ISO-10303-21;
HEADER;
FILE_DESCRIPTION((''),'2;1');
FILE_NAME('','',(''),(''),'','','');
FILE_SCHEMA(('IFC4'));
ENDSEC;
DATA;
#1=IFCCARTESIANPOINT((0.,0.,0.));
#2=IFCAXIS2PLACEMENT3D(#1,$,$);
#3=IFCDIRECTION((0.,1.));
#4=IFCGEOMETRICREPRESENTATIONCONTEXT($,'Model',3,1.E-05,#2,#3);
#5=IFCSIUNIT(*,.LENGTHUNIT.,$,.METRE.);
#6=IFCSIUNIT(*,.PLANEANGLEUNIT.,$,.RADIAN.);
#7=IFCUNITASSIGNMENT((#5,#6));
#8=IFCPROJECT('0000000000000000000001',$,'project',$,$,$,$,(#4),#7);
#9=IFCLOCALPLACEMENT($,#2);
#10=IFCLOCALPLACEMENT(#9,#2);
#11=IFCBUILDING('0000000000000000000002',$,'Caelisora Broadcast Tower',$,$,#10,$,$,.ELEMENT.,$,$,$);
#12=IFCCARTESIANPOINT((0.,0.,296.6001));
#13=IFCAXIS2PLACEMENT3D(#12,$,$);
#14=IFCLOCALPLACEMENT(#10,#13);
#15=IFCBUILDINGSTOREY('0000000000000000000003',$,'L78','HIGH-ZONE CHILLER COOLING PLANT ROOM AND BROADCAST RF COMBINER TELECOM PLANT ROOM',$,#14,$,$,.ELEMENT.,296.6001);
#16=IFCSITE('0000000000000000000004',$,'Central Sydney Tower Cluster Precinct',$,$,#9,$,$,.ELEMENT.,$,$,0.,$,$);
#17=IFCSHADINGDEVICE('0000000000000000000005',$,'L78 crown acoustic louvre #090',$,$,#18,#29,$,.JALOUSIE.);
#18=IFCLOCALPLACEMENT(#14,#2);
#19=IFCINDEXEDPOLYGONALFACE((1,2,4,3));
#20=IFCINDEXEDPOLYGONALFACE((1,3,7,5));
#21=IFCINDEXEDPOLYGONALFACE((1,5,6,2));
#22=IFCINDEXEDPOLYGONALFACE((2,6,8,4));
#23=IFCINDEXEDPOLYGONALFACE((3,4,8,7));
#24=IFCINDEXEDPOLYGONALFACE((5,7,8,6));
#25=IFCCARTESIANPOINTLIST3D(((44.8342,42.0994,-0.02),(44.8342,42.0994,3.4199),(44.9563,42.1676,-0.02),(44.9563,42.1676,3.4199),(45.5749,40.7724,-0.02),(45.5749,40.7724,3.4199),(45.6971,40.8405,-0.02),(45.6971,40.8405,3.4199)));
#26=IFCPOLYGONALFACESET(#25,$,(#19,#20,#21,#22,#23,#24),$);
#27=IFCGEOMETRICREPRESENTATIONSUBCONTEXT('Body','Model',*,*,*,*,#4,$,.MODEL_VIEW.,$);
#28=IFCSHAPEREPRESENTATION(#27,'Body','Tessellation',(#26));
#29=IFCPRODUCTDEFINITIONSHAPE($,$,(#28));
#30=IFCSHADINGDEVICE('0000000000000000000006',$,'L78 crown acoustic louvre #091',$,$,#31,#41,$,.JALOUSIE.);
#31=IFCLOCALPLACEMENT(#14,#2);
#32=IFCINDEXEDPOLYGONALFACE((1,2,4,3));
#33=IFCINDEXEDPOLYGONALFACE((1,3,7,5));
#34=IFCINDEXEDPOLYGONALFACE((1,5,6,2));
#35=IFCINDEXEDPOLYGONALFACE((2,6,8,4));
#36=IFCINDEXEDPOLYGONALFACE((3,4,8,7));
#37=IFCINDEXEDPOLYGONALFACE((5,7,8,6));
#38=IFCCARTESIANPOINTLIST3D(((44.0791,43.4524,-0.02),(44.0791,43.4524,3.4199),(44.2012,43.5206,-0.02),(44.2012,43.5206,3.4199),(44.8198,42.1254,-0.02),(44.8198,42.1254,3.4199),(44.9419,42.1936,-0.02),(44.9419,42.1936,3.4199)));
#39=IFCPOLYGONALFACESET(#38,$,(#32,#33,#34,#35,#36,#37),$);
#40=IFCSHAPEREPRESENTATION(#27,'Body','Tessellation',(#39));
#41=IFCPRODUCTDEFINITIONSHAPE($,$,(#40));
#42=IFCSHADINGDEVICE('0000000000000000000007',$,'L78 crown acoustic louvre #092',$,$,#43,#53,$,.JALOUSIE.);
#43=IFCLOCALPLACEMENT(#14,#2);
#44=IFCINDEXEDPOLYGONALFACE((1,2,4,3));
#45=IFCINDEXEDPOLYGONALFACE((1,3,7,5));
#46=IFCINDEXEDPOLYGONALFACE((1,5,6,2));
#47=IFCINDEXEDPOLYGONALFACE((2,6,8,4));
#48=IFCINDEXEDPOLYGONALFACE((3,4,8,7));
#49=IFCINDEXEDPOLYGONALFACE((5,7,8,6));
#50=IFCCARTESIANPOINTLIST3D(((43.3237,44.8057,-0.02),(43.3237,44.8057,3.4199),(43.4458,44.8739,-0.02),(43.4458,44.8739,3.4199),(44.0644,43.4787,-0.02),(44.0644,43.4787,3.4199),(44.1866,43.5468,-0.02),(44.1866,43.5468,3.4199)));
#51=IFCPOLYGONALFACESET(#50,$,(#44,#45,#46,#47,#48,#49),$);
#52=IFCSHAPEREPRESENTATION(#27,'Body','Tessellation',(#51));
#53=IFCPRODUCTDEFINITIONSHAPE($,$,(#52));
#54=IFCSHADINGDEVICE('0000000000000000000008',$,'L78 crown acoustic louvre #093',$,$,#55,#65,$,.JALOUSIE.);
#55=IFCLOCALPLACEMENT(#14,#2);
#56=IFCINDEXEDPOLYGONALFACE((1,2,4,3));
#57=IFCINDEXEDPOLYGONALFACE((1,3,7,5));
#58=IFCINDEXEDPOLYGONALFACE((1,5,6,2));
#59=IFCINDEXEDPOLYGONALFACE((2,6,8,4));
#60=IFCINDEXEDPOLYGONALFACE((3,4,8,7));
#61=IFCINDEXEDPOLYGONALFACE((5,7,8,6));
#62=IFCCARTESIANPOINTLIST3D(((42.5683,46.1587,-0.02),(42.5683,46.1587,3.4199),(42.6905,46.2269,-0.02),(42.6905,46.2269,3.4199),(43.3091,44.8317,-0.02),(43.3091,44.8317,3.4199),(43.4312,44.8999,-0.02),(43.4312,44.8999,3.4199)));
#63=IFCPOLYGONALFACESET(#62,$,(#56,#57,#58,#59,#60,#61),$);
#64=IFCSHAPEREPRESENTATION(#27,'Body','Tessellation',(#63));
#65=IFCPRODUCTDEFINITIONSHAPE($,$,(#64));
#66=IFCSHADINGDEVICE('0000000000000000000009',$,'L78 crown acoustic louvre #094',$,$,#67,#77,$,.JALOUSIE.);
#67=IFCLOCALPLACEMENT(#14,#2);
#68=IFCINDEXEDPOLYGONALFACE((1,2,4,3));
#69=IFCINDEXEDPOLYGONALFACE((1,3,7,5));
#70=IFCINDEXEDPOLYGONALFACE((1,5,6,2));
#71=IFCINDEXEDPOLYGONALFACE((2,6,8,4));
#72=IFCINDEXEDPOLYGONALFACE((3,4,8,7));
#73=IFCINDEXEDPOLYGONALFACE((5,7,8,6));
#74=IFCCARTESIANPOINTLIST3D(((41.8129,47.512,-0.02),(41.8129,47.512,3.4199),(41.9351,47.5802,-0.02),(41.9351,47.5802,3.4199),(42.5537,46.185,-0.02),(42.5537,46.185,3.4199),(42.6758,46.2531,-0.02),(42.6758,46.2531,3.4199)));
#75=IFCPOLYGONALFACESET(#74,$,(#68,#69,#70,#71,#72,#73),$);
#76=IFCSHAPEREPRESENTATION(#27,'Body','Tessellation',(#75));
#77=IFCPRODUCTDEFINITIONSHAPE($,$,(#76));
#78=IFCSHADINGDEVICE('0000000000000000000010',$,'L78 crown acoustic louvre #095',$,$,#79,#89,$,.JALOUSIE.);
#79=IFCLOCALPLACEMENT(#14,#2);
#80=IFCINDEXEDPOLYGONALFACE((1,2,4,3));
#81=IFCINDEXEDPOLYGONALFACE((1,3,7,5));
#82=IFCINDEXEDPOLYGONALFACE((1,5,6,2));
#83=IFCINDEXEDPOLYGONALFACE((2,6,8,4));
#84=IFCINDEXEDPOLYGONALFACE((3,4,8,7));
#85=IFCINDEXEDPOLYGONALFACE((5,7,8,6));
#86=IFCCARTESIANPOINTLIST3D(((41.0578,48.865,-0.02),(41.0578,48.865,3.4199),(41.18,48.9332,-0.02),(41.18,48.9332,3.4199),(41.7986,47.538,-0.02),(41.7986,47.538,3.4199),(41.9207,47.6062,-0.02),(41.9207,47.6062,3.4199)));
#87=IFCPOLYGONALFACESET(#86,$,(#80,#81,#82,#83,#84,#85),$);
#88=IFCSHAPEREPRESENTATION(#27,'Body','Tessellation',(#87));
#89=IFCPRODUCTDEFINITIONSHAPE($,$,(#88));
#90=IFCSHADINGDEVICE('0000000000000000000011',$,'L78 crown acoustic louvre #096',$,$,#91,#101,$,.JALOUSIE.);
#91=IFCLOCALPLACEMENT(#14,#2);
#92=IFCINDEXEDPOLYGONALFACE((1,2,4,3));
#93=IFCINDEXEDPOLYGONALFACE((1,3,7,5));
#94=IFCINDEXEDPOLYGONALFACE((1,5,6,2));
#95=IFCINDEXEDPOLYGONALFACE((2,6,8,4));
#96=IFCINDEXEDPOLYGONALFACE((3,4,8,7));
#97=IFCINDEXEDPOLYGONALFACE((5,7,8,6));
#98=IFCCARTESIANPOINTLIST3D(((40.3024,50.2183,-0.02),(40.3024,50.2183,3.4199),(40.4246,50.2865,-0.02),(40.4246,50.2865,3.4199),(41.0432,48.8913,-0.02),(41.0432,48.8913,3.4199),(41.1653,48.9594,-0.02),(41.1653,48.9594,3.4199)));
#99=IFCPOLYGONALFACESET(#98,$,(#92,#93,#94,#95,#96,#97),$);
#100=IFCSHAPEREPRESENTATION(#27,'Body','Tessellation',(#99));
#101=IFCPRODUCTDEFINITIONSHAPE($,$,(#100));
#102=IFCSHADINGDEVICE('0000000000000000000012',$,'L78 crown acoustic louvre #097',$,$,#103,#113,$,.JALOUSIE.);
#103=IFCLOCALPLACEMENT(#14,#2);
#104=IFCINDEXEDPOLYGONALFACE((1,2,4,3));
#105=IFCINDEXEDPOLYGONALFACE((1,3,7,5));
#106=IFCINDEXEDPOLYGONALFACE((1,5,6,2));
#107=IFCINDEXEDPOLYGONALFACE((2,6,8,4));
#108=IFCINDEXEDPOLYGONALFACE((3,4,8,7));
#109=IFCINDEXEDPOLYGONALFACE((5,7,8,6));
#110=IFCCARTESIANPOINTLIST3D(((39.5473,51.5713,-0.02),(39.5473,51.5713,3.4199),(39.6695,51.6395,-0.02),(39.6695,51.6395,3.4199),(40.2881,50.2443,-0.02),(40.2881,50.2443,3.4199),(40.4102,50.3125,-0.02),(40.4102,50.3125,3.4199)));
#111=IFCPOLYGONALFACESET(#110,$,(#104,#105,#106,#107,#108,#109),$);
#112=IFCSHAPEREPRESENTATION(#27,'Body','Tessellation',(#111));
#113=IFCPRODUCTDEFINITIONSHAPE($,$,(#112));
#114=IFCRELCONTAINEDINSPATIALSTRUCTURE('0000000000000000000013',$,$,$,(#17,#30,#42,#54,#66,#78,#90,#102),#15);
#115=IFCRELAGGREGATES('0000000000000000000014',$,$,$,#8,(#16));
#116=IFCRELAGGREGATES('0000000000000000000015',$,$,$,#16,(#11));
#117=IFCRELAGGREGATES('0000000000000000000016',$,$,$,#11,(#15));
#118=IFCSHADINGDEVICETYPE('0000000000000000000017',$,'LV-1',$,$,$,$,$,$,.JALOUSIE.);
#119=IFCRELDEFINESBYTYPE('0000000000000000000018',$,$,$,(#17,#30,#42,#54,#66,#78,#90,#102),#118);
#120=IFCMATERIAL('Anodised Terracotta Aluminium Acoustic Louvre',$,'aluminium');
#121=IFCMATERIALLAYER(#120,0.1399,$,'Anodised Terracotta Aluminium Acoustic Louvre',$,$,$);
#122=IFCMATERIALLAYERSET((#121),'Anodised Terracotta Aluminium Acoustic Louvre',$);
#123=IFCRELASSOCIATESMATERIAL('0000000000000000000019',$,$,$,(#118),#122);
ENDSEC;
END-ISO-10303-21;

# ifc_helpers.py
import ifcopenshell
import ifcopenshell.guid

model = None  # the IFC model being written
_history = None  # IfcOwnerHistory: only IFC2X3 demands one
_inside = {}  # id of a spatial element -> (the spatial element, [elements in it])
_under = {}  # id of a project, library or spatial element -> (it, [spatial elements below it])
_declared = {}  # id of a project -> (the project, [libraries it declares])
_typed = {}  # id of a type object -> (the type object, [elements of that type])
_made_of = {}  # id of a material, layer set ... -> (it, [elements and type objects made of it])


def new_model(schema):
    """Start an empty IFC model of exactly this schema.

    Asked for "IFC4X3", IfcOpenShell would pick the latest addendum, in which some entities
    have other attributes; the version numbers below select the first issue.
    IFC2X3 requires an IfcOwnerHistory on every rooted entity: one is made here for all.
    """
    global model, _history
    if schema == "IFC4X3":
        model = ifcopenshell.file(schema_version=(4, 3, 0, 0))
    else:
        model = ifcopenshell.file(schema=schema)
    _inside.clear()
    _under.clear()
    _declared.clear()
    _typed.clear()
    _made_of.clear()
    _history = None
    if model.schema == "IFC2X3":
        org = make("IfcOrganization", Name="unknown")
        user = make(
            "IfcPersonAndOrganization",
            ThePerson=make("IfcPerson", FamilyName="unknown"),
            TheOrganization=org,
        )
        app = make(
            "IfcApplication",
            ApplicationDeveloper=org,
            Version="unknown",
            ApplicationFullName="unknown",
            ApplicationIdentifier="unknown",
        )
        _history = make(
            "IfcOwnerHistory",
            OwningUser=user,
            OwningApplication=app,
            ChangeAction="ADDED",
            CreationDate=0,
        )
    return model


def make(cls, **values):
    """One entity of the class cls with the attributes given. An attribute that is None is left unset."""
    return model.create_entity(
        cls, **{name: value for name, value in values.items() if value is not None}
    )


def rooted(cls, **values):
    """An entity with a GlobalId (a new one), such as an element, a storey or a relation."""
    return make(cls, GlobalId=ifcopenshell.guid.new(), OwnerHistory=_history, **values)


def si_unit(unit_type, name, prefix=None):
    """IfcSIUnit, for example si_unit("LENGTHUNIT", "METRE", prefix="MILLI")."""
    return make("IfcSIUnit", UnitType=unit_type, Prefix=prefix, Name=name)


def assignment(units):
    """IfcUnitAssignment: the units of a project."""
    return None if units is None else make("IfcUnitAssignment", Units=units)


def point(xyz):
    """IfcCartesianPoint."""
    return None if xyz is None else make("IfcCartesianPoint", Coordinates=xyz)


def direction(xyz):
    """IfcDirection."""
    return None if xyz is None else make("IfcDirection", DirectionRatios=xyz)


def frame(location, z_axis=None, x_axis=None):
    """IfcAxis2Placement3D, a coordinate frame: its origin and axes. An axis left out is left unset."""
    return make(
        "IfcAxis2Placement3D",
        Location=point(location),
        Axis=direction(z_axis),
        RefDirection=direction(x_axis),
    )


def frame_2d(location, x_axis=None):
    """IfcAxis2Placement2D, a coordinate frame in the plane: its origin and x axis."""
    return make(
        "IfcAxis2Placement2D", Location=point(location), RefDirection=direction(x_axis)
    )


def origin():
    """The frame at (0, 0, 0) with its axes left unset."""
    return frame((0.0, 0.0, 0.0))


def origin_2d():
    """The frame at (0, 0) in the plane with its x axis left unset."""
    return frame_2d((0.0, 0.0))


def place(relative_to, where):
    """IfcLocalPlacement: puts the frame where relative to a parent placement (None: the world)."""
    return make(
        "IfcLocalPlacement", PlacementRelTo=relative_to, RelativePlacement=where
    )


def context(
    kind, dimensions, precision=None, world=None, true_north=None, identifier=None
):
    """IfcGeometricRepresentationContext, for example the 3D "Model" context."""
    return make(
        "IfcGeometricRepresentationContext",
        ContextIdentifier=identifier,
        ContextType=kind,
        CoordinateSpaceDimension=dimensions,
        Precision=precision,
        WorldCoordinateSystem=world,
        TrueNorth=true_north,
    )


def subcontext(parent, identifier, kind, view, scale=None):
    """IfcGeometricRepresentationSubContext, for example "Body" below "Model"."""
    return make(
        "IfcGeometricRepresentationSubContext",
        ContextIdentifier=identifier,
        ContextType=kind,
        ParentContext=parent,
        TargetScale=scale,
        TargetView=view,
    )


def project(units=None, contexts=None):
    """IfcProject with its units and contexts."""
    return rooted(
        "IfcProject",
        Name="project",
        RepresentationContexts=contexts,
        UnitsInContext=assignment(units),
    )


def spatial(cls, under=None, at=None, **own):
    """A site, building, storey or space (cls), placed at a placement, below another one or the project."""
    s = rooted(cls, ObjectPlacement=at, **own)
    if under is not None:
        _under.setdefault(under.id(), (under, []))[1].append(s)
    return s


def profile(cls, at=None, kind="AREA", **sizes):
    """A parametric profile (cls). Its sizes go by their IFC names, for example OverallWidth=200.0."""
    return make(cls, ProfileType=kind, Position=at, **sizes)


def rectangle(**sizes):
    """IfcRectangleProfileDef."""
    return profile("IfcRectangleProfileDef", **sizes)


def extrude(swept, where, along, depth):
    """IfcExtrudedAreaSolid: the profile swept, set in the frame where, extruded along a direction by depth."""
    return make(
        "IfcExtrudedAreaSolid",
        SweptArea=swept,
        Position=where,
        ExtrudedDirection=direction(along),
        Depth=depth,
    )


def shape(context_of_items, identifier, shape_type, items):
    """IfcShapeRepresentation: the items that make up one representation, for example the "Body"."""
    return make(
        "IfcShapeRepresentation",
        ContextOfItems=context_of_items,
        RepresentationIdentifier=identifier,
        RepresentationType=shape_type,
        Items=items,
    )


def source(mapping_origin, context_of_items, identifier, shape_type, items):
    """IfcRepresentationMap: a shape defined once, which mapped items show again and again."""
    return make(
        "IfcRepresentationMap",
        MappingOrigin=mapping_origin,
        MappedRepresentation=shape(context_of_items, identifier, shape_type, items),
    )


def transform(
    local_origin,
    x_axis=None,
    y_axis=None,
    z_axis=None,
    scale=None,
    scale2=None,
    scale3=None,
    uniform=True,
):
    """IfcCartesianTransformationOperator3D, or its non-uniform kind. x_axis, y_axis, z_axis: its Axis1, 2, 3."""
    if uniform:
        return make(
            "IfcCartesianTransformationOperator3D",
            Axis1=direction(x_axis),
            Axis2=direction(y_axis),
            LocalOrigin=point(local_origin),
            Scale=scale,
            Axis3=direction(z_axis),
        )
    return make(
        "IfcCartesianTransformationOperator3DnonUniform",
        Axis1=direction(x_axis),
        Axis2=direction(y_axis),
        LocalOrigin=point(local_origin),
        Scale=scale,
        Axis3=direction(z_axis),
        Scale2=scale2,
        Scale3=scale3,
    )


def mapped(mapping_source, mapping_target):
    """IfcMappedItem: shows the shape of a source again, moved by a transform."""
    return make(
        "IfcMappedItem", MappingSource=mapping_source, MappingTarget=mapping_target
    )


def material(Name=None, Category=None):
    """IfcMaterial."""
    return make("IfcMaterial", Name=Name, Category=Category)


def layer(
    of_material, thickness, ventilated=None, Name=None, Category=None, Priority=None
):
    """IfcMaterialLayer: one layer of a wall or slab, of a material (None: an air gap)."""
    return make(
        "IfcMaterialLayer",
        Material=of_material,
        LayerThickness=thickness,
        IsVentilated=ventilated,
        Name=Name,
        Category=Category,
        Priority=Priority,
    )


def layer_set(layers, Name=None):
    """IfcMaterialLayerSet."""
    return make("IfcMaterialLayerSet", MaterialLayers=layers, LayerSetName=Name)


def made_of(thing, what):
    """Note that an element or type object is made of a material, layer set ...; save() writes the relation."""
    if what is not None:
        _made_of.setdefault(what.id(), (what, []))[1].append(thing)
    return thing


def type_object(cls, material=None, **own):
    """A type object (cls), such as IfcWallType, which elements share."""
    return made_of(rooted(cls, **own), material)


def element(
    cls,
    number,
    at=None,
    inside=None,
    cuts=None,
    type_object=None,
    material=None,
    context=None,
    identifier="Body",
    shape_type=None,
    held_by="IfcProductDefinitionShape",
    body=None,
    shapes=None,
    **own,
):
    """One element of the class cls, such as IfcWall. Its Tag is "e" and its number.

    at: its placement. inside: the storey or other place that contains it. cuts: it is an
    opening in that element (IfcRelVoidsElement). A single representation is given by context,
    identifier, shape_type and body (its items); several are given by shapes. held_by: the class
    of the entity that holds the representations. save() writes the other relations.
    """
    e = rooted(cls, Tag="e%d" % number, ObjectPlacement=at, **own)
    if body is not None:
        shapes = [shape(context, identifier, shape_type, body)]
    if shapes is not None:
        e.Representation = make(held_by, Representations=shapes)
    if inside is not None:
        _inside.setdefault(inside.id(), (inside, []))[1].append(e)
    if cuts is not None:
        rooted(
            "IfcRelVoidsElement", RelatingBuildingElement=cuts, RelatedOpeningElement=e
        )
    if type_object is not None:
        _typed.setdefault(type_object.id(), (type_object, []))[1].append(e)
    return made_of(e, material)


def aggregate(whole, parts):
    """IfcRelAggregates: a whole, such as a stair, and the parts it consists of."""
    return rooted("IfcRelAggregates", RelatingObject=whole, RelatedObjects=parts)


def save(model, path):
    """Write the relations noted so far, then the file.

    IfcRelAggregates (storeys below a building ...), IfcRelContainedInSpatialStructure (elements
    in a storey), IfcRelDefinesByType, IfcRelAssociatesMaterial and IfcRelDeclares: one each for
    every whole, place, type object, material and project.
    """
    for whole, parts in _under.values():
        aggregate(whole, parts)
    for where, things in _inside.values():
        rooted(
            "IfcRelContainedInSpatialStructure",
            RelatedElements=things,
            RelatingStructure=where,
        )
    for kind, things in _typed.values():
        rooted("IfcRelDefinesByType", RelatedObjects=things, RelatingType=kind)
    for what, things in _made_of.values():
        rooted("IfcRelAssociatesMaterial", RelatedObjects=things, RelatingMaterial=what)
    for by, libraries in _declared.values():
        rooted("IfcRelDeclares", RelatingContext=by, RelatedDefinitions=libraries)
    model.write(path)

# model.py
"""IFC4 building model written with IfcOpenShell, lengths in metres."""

from ifc_helpers import new_model, si_unit, direction, frame, origin, origin_2d, place, context, subcontext, project, spatial, rectangle, extrude, source, transform, mapped, material, layer, layer_set, type_object, element, save


model = new_model("IFC4")

# Units and contexts
model_context = context("Model", 3, precision=1e-05, world=origin(), true_north=direction((0.0, 1.0)))
body_context = subcontext(model_context, "Body", "Model", "MODEL_VIEW")
ifc_project = project(units=[si_unit("LENGTHUNIT", "METRE"), si_unit("PLANEANGLEUNIT", "RADIAN")], contexts=[model_context])

# Site, building, storey
site_placement = place(None, origin())
site = spatial("IfcSite", under=ifc_project, at=site_placement, Name="Central Sydney Tower Cluster Precinct", CompositionType="ELEMENT", RefElevation=0.0)
building_placement = place(site_placement, origin())
building = spatial("IfcBuilding", under=site, at=building_placement, Name="Caelisora Broadcast Tower", CompositionType="ELEMENT")
storey_placement = place(building_placement, frame((0.0, 0.0, 296.6001)))
storey = spatial("IfcBuildingStorey", under=building, at=storey_placement, Name="L78", Description="HIGH-ZONE CHILLER COOLING PLANT ROOM AND BROADCAST RF COMBINER TELECOM PLANT ROOM", CompositionType="ELEMENT", Elevation=296.6001)

# Shading devices
ifc_material_1 = material(Name="Anodised Terracotta Aluminium Acoustic Louvre", Category="aluminium")
ifc_layer_1 = layer(ifc_material_1, 0.1399, Name="Anodised Terracotta Aluminium Acoustic Louvre")
ifc_layer_set_1 = layer_set([ifc_layer_1], Name="Anodised Terracotta Aluminium Acoustic Louvre")
shading_device_type = type_object("IfcShadingDeviceType", Name="LV-1", PredefinedType="JALOUSIE", material=ifc_layer_set_1)
shared_shape_1 = source(origin(), body_context, "Body", "SweptSolid", [
    extrude(rectangle(XDim=1.5198, YDim=0.1399, at=origin_2d()), origin(), (0.0, 0.0, 1.0), 3.4399),
])
for number, where, z_axis, x_axis, name in (
    (1, (45.2656, 41.47, -0.02), (0.0, 0.0, 1.0), (-0.487403, 0.873177, 0.0), "L78 crown acoustic louvre #090"),
    (2, (44.5105, 42.823, -0.02), (0.0, 0.0, 1.0), (-0.487403, 0.873177, 0.0), "L78 crown acoustic louvre #091"),
    (3, (43.7551, 44.1763, -0.02), (0.0, 0.0, 1.0), (-0.487403, 0.873177, 0.0), "L78 crown acoustic louvre #092"),
    (4, (42.9998, 45.5293, -0.02), (0.0, 0.0, 1.0), (-0.487403, 0.873177, 0.0), "L78 crown acoustic louvre #093"),
    (5, (42.2444, 46.8826, -0.02), (0.0, 0.0, 1.0), (-0.487403, 0.873177, 0.0), "L78 crown acoustic louvre #094"),
    (6, (41.4893, 48.2356, -0.02), (0.0, 0.0, 1.0), (-0.487403, 0.873177, 0.0), "L78 crown acoustic louvre #095"),
    (7, (40.7339, 49.5889, -0.02), (0.0, 0.0, 1.0), (-0.487403, 0.873177, 0.0), "L78 crown acoustic louvre #096"),
    (8, (39.9788, 50.9419, -0.02), (0.0, 0.0, 1.0), (-0.487403, 0.873177, 0.0), "L78 crown acoustic louvre #097"),
):
    element("IfcShadingDevice", number, at=place(storey_placement, frame(where, z_axis=z_axis, x_axis=x_axis)), inside=storey, type_object=shading_device_type, Name=name, PredefinedType="JALOUSIE", context=body_context, shape_type="MappedRepresentation", body=[
        mapped(shared_shape_1, transform((0.0, 0.0, 0.0), scale=1.0)),
    ])

save(model, "model.ifc")
